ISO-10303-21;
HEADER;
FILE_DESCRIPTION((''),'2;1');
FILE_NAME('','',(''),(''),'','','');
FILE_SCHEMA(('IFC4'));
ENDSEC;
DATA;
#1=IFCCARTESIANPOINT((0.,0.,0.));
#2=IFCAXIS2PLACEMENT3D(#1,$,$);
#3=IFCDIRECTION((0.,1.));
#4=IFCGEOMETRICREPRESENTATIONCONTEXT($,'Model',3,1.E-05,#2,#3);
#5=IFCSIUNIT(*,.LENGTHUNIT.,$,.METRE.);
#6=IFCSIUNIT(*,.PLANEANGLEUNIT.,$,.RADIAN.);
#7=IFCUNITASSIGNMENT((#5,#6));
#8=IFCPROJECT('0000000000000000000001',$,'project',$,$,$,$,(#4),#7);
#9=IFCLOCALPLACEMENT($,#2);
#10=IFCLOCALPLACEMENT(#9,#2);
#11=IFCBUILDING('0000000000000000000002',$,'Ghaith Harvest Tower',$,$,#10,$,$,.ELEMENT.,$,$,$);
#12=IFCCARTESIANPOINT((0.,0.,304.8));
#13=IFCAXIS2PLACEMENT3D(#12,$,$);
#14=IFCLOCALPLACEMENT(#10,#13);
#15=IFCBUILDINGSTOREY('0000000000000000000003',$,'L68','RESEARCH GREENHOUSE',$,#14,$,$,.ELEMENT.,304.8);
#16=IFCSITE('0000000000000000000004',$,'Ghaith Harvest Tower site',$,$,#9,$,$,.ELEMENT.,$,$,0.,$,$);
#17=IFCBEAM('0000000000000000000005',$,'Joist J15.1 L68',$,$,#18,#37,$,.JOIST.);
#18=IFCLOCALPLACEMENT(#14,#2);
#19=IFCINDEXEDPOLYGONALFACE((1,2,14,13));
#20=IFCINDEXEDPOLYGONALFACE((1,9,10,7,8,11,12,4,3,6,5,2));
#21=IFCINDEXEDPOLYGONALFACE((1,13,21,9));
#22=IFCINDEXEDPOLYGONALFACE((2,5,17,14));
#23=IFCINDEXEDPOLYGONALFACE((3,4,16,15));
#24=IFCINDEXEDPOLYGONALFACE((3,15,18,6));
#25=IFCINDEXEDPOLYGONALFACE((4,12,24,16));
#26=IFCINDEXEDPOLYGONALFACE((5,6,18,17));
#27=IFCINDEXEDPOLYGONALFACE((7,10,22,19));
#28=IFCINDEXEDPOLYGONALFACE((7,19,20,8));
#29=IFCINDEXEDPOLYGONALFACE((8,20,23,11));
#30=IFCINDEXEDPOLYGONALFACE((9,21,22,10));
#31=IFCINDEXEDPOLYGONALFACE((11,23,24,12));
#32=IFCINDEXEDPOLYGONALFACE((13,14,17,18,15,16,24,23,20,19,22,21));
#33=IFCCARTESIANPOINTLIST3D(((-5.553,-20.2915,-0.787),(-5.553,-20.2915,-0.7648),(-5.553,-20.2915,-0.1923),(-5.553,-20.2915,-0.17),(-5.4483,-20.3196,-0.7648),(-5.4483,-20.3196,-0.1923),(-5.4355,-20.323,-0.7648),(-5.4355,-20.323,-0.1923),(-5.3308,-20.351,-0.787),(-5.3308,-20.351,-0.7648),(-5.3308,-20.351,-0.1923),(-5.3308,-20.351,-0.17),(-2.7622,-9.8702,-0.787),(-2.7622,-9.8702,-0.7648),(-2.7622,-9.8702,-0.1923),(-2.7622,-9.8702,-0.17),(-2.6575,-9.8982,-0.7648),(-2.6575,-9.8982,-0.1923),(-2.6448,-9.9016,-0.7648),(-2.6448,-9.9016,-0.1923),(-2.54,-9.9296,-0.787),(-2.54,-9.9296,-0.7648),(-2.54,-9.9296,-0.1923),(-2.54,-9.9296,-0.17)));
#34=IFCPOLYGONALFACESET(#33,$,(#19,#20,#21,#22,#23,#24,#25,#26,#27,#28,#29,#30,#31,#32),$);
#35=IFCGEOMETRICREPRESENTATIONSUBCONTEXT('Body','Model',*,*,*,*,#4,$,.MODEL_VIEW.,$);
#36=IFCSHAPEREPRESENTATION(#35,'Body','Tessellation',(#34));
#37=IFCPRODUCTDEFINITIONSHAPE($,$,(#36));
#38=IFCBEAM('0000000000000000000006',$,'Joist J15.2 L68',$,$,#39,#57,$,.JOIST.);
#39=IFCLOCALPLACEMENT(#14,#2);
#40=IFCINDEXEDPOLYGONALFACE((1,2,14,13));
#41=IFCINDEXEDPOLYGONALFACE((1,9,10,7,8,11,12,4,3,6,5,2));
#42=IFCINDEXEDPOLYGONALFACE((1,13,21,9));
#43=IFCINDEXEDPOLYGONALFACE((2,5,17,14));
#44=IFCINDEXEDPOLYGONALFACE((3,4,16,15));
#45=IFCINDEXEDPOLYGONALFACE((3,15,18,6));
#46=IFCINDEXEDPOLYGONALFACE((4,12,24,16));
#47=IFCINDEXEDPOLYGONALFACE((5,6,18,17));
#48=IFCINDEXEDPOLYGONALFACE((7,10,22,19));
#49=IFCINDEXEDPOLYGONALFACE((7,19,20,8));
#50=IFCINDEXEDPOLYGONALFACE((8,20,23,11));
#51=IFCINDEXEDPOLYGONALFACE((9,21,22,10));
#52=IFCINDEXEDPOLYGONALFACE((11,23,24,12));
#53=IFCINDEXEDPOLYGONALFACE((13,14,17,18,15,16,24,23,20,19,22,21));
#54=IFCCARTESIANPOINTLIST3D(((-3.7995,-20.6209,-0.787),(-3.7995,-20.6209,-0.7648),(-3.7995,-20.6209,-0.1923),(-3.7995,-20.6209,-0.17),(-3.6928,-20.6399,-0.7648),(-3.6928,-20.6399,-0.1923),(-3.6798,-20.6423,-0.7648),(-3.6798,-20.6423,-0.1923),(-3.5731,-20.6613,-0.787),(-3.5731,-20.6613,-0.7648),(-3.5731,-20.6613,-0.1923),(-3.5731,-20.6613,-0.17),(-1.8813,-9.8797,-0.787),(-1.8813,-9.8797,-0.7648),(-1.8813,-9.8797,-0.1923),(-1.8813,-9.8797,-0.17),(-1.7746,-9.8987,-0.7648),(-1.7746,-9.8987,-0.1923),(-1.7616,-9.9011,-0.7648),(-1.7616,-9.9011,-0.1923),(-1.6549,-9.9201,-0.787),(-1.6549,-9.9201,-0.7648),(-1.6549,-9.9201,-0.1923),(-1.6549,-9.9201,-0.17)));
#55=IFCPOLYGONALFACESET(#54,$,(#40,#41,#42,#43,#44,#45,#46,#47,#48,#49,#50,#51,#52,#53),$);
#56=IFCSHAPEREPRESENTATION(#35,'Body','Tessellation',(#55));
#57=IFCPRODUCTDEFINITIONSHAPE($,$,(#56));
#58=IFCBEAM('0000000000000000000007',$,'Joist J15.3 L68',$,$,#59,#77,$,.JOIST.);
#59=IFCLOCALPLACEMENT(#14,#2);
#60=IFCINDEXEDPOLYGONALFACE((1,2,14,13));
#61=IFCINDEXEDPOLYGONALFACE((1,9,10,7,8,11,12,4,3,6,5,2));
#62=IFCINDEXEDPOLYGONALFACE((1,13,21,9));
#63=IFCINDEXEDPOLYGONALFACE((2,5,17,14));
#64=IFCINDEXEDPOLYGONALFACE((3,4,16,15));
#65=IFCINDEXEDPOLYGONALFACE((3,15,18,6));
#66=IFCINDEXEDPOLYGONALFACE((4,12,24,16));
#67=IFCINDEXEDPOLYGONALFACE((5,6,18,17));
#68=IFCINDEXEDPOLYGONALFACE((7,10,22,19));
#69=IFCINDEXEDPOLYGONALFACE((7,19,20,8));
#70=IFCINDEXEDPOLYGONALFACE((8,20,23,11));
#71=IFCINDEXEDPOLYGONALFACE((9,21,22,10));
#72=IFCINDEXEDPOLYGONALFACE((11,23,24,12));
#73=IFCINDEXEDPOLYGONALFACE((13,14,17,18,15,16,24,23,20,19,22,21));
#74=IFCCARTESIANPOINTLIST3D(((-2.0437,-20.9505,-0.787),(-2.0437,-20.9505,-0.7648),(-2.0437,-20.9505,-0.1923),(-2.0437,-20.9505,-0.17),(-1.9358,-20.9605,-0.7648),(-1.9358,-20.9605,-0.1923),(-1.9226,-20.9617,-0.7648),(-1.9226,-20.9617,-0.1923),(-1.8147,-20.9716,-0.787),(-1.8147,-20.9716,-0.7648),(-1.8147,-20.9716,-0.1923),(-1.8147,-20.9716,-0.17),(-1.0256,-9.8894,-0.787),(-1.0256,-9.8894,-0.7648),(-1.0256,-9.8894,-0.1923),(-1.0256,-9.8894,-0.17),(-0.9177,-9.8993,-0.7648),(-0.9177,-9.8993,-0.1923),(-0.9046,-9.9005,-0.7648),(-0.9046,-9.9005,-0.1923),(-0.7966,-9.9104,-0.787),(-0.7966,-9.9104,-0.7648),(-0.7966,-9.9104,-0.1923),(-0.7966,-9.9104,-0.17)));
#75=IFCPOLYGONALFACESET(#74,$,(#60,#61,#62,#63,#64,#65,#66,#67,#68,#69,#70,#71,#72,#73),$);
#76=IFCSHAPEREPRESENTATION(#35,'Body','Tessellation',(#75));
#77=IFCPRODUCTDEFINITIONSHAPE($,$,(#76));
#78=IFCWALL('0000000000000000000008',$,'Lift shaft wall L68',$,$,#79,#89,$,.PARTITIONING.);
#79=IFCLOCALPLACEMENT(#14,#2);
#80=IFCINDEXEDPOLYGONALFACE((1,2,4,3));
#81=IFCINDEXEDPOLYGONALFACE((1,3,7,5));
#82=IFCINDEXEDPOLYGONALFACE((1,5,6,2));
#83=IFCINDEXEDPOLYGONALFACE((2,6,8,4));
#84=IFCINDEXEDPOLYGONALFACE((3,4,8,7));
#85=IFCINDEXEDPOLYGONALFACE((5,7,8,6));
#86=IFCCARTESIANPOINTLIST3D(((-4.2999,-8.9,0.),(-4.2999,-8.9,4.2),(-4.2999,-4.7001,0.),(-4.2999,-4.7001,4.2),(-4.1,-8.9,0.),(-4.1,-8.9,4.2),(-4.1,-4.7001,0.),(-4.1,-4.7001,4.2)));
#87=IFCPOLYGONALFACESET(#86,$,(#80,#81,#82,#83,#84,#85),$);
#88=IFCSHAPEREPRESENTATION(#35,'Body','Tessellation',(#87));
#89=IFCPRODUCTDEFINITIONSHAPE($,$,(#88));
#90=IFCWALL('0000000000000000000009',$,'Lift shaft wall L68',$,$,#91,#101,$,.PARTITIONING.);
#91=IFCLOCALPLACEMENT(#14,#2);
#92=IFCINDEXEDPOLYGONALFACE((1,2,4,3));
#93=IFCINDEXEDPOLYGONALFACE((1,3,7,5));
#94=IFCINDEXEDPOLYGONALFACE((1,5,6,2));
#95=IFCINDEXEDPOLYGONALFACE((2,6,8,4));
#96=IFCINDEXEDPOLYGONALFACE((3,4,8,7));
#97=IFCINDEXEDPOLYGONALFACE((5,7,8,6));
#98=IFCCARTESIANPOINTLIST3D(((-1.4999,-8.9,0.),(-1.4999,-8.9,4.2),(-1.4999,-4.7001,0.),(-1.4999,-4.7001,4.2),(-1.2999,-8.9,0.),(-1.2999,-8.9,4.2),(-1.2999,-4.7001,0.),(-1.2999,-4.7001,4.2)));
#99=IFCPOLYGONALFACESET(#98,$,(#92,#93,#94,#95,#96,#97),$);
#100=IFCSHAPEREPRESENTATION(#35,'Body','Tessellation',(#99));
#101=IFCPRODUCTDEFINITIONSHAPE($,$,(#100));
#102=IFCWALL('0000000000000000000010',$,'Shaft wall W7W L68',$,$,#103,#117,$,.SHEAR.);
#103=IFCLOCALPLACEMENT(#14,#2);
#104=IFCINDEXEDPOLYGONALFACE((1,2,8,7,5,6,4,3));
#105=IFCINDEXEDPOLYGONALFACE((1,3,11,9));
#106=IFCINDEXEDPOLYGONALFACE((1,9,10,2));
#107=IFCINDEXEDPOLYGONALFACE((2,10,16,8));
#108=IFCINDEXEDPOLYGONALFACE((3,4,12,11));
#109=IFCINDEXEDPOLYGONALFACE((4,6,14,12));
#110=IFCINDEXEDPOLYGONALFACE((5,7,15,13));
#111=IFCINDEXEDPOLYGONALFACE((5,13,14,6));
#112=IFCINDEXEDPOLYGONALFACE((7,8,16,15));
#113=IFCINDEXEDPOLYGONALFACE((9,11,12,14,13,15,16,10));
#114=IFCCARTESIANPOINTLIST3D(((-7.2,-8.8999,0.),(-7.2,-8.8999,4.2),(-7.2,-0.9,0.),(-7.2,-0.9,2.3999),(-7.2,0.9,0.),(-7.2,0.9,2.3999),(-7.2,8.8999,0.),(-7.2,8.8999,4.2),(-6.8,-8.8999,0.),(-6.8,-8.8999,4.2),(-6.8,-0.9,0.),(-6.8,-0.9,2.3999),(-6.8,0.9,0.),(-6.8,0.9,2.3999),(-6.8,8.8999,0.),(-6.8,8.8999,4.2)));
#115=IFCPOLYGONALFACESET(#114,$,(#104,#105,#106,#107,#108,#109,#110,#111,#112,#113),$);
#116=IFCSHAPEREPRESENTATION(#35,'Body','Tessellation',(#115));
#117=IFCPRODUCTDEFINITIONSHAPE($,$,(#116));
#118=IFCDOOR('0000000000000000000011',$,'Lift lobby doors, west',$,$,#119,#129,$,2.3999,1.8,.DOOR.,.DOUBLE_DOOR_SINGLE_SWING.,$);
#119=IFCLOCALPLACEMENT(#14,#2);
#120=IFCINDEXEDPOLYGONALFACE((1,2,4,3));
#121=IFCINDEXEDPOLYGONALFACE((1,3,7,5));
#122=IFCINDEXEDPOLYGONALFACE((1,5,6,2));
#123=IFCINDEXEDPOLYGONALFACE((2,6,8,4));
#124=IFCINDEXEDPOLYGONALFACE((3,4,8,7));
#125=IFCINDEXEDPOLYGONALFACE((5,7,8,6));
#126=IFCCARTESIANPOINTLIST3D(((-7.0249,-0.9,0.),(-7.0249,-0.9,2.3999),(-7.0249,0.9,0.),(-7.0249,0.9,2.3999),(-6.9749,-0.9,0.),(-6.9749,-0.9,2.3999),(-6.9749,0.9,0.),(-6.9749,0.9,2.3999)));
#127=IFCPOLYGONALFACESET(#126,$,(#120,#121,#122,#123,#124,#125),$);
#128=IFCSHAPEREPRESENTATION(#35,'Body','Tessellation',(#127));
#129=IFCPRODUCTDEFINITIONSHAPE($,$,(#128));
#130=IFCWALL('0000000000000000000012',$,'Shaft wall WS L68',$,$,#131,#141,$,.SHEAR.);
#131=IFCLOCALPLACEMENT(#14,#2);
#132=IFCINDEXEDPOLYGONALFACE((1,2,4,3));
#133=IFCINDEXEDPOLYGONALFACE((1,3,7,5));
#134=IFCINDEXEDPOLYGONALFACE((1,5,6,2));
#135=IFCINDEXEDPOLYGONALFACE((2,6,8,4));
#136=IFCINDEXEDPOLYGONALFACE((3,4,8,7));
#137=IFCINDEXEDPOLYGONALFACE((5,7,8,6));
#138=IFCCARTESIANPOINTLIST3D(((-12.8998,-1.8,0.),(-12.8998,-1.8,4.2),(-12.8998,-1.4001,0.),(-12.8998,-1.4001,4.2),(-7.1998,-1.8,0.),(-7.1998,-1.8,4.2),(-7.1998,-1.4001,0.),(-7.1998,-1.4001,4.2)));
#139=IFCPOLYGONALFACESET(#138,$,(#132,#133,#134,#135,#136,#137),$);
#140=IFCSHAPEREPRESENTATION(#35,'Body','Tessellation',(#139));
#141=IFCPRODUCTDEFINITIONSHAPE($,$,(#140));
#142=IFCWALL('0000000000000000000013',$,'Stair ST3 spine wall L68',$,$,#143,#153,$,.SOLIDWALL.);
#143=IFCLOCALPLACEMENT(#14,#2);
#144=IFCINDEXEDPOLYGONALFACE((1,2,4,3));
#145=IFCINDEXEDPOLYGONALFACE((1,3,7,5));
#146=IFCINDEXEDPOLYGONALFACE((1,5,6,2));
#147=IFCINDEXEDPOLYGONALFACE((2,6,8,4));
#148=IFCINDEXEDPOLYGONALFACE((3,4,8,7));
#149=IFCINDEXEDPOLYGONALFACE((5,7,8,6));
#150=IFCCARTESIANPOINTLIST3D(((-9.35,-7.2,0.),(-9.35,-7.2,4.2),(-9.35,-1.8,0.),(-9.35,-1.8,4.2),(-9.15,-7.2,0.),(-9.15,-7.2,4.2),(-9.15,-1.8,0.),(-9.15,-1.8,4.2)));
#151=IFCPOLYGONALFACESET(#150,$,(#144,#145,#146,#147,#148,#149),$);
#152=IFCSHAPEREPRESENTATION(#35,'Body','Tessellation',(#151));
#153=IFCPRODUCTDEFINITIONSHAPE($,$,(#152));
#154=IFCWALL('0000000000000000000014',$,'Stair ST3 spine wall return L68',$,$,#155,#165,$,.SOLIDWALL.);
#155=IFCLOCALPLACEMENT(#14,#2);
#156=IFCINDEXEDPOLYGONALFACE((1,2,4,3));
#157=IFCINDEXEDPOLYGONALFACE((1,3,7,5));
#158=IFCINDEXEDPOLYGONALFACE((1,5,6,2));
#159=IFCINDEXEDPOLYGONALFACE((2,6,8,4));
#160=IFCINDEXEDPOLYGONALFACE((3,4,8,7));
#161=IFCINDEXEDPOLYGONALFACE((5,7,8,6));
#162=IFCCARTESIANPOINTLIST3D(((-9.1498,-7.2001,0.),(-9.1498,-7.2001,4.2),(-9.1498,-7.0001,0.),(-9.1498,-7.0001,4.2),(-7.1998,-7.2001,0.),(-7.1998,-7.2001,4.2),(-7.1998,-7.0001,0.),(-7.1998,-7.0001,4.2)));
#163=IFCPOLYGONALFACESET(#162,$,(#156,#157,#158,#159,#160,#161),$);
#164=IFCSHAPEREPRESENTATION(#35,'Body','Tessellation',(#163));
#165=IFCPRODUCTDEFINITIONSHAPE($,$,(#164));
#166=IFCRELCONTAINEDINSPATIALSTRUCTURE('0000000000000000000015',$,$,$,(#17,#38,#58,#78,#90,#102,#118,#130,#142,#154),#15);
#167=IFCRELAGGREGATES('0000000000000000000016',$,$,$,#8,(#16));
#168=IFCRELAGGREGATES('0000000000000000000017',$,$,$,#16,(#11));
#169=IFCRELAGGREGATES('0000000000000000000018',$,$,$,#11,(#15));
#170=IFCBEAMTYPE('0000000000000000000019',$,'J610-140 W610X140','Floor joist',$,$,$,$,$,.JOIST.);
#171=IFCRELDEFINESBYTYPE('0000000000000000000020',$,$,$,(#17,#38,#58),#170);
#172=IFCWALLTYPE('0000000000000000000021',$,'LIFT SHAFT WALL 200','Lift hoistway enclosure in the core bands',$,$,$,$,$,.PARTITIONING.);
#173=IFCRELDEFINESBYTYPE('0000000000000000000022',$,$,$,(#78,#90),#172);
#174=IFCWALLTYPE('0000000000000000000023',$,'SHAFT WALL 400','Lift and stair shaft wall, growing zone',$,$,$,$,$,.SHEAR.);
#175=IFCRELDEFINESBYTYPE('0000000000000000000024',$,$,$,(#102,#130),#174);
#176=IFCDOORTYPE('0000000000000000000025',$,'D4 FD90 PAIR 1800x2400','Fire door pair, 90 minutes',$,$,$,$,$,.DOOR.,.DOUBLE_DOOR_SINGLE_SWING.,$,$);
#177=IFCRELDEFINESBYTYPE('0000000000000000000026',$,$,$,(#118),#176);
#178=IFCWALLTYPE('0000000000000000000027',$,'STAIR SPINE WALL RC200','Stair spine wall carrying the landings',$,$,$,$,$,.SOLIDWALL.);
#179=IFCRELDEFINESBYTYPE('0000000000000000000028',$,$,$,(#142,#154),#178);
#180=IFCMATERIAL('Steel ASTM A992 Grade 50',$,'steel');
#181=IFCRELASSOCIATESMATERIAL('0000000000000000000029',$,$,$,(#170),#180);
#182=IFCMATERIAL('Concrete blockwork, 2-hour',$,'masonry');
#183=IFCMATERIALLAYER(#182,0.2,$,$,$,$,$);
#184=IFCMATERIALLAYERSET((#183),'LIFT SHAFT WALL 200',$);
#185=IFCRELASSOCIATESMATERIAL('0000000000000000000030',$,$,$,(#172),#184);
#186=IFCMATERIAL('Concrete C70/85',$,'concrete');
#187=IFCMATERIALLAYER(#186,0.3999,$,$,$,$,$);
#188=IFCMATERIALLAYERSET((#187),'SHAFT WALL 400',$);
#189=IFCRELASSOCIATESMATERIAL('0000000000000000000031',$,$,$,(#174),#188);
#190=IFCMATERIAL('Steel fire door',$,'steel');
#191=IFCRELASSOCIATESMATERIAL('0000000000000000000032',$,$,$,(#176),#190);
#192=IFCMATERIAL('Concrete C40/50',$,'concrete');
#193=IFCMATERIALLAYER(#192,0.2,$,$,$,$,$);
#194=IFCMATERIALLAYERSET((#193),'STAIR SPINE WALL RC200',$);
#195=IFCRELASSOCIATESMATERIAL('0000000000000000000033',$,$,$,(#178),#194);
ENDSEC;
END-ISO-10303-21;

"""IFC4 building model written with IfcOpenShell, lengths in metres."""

from ifc_helpers import new_model, si_unit, direction, frame, frame_2d, origin, origin_2d, place, context, subcontext, project, spatial, rectangle, i_section, extrude, material, layer, layer_set, material_profile, profile_set, type_object, element, fill, save


model = new_model("IFC4")

# Units and contexts
model_context = context("Model", 3, precision=1e-05, world=origin(), true_north=direction((0.0, 1.0)))
body_context = subcontext(model_context, "Body", "Model", "MODEL_VIEW")
ifc_project = project(units=[si_unit("LENGTHUNIT", "METRE"), si_unit("PLANEANGLEUNIT", "RADIAN")], contexts=[model_context])

# Site, building, storey
site_placement = place(None, origin())
site = spatial("IfcSite", under=ifc_project, at=site_placement, Name="Ghaith Harvest Tower site", CompositionType="ELEMENT", RefElevation=0.0)
building_placement = place(site_placement, origin())
building = spatial("IfcBuilding", under=site, at=building_placement, Name="Ghaith Harvest Tower", CompositionType="ELEMENT")
storey_placement = place(building_placement, frame((0.0, 0.0, 304.8)))
storey = spatial("IfcBuildingStorey", under=building, at=storey_placement, Name="L68", Description="RESEARCH GREENHOUSE", CompositionType="ELEMENT", Elevation=304.8)

# Beams
ifc_material_1 = material(Name="Steel ASTM A992 Grade 50", Category="steel")
ifc_material_profile_1 = material_profile(ifc_material_1, i_section(OverallWidth=0.23, OverallDepth=0.6169, WebThickness=0.0132, FlangeThickness=0.0222, at=origin_2d()), Name="W610X140")
ifc_profile_set_1 = profile_set([ifc_material_profile_1], Name="Steel ASTM A992 Grade 50")
beam_type_1 = type_object("IfcBeamType", Name="J610-140 W610X140", Description="Floor joist", PredefinedType="JOIST", material=ifc_profile_set_1)
beam_1_placement = place(storey_placement, frame((-2.6511, -9.8999, -0.4785), z_axis=(-0.258678, -0.965964, 0.0), x_axis=(0.965964, -0.258678, 0.0)))
element("IfcBeam", 1, at=beam_1_placement, inside=storey, type_object=beam_type_1, Name="Joist J15.1 L68", PredefinedType="JOIST", context=body_context, shape_type="SweptSolid", body=[
    extrude(i_section(OverallWidth=0.23, OverallDepth=0.6169, WebThickness=0.0132, FlangeThickness=0.0222, at=origin_2d()), origin(), (0.0, 0.0, 1.0), 10.7886),
])
beam_2_placement = place(storey_placement, frame((-1.7681, -9.8999, -0.4785), z_axis=(-0.175803, -0.984425, 0.0), x_axis=(0.984425, -0.175803, 0.0)))
element("IfcBeam", 2, at=beam_2_placement, inside=storey, type_object=beam_type_1, Name="Joist J15.2 L68", PredefinedType="JOIST", context=body_context, shape_type="SweptSolid", body=[
    extrude(i_section(OverallWidth=0.23, OverallDepth=0.6169, WebThickness=0.0132, FlangeThickness=0.0222, at=origin_2d()), origin(), (0.0, 0.0, 1.0), 10.9111),
])
beam_3_placement = place(storey_placement, frame((-0.9111, -9.8999, -0.4785), z_axis=(-0.091651, -0.995791, 0.0), x_axis=(0.995791, -0.091651, 0.0)))
element("IfcBeam", 3, at=beam_3_placement, inside=storey, type_object=beam_type_1, Name="Joist J15.3 L68", PredefinedType="JOIST", context=body_context, shape_type="SweptSolid", body=[
    extrude(i_section(OverallWidth=0.23, OverallDepth=0.6169, WebThickness=0.0132, FlangeThickness=0.0222, at=origin_2d()), origin(), (0.0, 0.0, 1.0), 11.1079),
])

# Walls
ifc_material_2 = material(Name="Concrete blockwork, 2-hour", Category="masonry")
ifc_layer_1 = layer(ifc_material_2, 0.2)
ifc_layer_set_1 = layer_set([ifc_layer_1], Name="LIFT SHAFT WALL 200")
wall_type_1 = type_object("IfcWallType", Name="LIFT SHAFT WALL 200", Description="Lift hoistway enclosure in the core bands", PredefinedType="PARTITIONING", material=ifc_layer_set_1)
for number, where, z_axis, x_axis, name in (
    (4, (-4.2, -4.7, 0.0), (0.0, 0.0, 1.0), (0.0, -1.0, 0.0), "Lift shaft wall L68"),
    (5, (-1.3999, -4.7, 0.0), (0.0, 0.0, 1.0), (0.0, -1.0, 0.0), "Lift shaft wall L68"),
):
    element("IfcWall", number, at=place(storey_placement, frame(where, z_axis=z_axis, x_axis=x_axis)), inside=storey, type_object=wall_type_1, Name=name, PredefinedType="PARTITIONING", context=body_context, shape_type="SweptSolid", body=[
        extrude(rectangle(XDim=4.2, YDim=0.2, at=frame_2d((2.1001, 0.0))), origin(), (0.0, 0.0, 1.0), 4.2),
    ])

# Wall, opening, door
ifc_material_3 = material(Name="Concrete C70/85", Category="concrete")
ifc_layer_2 = layer(ifc_material_3, 0.3999)
ifc_layer_set_2 = layer_set([ifc_layer_2], Name="SHAFT WALL 400")
wall_type_2 = type_object("IfcWallType", Name="SHAFT WALL 400", Description="Lift and stair shaft wall, growing zone", PredefinedType="SHEAR", material=ifc_layer_set_2)
wall_1_placement = place(storey_placement, frame((-7.0, -8.8999, 0.0), z_axis=(0.0, 0.0, 1.0), x_axis=(0.0, 1.0, 0.0)))
wall_1 = element("IfcWall", 6, at=wall_1_placement, inside=storey, type_object=wall_type_2, Name="Shaft wall W7W L68", PredefinedType="SHEAR", context=body_context, shape_type="SweptSolid", body=[
    extrude(rectangle(XDim=17.7998, YDim=0.3999, at=frame_2d((8.8999, 0.0))), origin(), (0.0, 0.0, 1.0), 4.2),
])
opening_1_placement = place(wall_1_placement, frame((8.0, 0.0, 0.0)))
opening_1 = element("IfcOpeningElement", 7, at=opening_1_placement, cuts=wall_1, PredefinedType="OPENING", context=body_context, shape_type="SweptSolid", body=[
    extrude(rectangle(XDim=1.8, YDim=2.3999, at=frame_2d((0.8999, 1.2))), frame((0.0, 0.21, 0.0), z_axis=(0.0, -1.0, 0.0), x_axis=(1.0, 0.0, 0.0)), (0.0, 0.0, 1.0), 0.4199),
])
ifc_material_4 = material(Name="Steel fire door", Category="steel")
door_type_1 = type_object("IfcDoorType", Name="D4 FD90 PAIR 1800x2400", Description="Fire door pair, 90 minutes", OperationType="DOUBLE_DOOR_SINGLE_SWING", PredefinedType="DOOR", material=ifc_material_4)
door_1_placement = place(opening_1_placement, origin())
door_1 = element("IfcDoor", 8, at=door_1_placement, inside=storey, type_object=door_type_1, Name="Lift lobby doors, west", OperationType="DOUBLE_DOOR_SINGLE_SWING", OverallHeight=2.3999, OverallWidth=1.8, PredefinedType="DOOR", context=body_context, shape_type="SweptSolid", body=[
    extrude(rectangle(XDim=1.8, YDim=2.3999, at=frame_2d((0.8999, 1.2))), frame((0.0, 0.0249, 0.0), z_axis=(0.0, -1.0, 0.0), x_axis=(1.0, 0.0, 0.0)), (0.0, 0.0, 1.0), 0.05),
])
fill(opening_1, door_1)

# Walls
wall_2_placement = place(storey_placement, frame((-12.8999, -1.6001, 0.0), z_axis=(0.0, 0.0, 1.0), x_axis=(1.0, 0.0, 0.0)))
element("IfcWall", 9, at=wall_2_placement, inside=storey, type_object=wall_type_2, Name="Shaft wall WS L68", PredefinedType="SHEAR", context=body_context, shape_type="SweptSolid", body=[
    extrude(rectangle(XDim=5.7, YDim=0.3999, at=frame_2d((2.8501, 0.0))), origin(), (0.0, 0.0, 1.0), 4.2),
])
ifc_material_5 = material(Name="Concrete C40/50", Category="concrete")
ifc_layer_3 = layer(ifc_material_5, 0.2)
ifc_layer_set_3 = layer_set([ifc_layer_3], Name="STAIR SPINE WALL RC200")
wall_type_3 = type_object("IfcWallType", Name="STAIR SPINE WALL RC200", Description="Stair spine wall carrying the landings", PredefinedType="SOLIDWALL", material=ifc_layer_set_3)
wall_3_placement = place(storey_placement, frame((-9.25, -7.2, 0.0), z_axis=(0.0, 0.0, 1.0), x_axis=(0.0, 1.0, 0.0)))
element("IfcWall", 10, at=wall_3_placement, inside=storey, type_object=wall_type_3, Name="Stair ST3 spine wall L68", PredefinedType="SOLIDWALL", context=body_context, shape_type="SweptSolid", body=[
    extrude(rectangle(XDim=5.3999, YDim=0.2, at=frame_2d((2.7, 0.0))), origin(), (0.0, 0.0, 1.0), 4.2),
])
wall_4_placement = place(storey_placement, frame((-9.1499, -7.1001, 0.0), z_axis=(0.0, 0.0, 1.0), x_axis=(1.0, 0.0, 0.0)))
element("IfcWall", 11, at=wall_4_placement, inside=storey, type_object=wall_type_3, Name="Stair ST3 spine wall return L68", PredefinedType="SOLIDWALL", context=body_context, shape_type="SweptSolid", body=[
    extrude(rectangle(XDim=1.95, YDim=0.2, at=frame_2d((0.9751, 0.0))), origin(), (0.0, 0.0, 1.0), 4.2),
])

save(model, "model.ifc")
